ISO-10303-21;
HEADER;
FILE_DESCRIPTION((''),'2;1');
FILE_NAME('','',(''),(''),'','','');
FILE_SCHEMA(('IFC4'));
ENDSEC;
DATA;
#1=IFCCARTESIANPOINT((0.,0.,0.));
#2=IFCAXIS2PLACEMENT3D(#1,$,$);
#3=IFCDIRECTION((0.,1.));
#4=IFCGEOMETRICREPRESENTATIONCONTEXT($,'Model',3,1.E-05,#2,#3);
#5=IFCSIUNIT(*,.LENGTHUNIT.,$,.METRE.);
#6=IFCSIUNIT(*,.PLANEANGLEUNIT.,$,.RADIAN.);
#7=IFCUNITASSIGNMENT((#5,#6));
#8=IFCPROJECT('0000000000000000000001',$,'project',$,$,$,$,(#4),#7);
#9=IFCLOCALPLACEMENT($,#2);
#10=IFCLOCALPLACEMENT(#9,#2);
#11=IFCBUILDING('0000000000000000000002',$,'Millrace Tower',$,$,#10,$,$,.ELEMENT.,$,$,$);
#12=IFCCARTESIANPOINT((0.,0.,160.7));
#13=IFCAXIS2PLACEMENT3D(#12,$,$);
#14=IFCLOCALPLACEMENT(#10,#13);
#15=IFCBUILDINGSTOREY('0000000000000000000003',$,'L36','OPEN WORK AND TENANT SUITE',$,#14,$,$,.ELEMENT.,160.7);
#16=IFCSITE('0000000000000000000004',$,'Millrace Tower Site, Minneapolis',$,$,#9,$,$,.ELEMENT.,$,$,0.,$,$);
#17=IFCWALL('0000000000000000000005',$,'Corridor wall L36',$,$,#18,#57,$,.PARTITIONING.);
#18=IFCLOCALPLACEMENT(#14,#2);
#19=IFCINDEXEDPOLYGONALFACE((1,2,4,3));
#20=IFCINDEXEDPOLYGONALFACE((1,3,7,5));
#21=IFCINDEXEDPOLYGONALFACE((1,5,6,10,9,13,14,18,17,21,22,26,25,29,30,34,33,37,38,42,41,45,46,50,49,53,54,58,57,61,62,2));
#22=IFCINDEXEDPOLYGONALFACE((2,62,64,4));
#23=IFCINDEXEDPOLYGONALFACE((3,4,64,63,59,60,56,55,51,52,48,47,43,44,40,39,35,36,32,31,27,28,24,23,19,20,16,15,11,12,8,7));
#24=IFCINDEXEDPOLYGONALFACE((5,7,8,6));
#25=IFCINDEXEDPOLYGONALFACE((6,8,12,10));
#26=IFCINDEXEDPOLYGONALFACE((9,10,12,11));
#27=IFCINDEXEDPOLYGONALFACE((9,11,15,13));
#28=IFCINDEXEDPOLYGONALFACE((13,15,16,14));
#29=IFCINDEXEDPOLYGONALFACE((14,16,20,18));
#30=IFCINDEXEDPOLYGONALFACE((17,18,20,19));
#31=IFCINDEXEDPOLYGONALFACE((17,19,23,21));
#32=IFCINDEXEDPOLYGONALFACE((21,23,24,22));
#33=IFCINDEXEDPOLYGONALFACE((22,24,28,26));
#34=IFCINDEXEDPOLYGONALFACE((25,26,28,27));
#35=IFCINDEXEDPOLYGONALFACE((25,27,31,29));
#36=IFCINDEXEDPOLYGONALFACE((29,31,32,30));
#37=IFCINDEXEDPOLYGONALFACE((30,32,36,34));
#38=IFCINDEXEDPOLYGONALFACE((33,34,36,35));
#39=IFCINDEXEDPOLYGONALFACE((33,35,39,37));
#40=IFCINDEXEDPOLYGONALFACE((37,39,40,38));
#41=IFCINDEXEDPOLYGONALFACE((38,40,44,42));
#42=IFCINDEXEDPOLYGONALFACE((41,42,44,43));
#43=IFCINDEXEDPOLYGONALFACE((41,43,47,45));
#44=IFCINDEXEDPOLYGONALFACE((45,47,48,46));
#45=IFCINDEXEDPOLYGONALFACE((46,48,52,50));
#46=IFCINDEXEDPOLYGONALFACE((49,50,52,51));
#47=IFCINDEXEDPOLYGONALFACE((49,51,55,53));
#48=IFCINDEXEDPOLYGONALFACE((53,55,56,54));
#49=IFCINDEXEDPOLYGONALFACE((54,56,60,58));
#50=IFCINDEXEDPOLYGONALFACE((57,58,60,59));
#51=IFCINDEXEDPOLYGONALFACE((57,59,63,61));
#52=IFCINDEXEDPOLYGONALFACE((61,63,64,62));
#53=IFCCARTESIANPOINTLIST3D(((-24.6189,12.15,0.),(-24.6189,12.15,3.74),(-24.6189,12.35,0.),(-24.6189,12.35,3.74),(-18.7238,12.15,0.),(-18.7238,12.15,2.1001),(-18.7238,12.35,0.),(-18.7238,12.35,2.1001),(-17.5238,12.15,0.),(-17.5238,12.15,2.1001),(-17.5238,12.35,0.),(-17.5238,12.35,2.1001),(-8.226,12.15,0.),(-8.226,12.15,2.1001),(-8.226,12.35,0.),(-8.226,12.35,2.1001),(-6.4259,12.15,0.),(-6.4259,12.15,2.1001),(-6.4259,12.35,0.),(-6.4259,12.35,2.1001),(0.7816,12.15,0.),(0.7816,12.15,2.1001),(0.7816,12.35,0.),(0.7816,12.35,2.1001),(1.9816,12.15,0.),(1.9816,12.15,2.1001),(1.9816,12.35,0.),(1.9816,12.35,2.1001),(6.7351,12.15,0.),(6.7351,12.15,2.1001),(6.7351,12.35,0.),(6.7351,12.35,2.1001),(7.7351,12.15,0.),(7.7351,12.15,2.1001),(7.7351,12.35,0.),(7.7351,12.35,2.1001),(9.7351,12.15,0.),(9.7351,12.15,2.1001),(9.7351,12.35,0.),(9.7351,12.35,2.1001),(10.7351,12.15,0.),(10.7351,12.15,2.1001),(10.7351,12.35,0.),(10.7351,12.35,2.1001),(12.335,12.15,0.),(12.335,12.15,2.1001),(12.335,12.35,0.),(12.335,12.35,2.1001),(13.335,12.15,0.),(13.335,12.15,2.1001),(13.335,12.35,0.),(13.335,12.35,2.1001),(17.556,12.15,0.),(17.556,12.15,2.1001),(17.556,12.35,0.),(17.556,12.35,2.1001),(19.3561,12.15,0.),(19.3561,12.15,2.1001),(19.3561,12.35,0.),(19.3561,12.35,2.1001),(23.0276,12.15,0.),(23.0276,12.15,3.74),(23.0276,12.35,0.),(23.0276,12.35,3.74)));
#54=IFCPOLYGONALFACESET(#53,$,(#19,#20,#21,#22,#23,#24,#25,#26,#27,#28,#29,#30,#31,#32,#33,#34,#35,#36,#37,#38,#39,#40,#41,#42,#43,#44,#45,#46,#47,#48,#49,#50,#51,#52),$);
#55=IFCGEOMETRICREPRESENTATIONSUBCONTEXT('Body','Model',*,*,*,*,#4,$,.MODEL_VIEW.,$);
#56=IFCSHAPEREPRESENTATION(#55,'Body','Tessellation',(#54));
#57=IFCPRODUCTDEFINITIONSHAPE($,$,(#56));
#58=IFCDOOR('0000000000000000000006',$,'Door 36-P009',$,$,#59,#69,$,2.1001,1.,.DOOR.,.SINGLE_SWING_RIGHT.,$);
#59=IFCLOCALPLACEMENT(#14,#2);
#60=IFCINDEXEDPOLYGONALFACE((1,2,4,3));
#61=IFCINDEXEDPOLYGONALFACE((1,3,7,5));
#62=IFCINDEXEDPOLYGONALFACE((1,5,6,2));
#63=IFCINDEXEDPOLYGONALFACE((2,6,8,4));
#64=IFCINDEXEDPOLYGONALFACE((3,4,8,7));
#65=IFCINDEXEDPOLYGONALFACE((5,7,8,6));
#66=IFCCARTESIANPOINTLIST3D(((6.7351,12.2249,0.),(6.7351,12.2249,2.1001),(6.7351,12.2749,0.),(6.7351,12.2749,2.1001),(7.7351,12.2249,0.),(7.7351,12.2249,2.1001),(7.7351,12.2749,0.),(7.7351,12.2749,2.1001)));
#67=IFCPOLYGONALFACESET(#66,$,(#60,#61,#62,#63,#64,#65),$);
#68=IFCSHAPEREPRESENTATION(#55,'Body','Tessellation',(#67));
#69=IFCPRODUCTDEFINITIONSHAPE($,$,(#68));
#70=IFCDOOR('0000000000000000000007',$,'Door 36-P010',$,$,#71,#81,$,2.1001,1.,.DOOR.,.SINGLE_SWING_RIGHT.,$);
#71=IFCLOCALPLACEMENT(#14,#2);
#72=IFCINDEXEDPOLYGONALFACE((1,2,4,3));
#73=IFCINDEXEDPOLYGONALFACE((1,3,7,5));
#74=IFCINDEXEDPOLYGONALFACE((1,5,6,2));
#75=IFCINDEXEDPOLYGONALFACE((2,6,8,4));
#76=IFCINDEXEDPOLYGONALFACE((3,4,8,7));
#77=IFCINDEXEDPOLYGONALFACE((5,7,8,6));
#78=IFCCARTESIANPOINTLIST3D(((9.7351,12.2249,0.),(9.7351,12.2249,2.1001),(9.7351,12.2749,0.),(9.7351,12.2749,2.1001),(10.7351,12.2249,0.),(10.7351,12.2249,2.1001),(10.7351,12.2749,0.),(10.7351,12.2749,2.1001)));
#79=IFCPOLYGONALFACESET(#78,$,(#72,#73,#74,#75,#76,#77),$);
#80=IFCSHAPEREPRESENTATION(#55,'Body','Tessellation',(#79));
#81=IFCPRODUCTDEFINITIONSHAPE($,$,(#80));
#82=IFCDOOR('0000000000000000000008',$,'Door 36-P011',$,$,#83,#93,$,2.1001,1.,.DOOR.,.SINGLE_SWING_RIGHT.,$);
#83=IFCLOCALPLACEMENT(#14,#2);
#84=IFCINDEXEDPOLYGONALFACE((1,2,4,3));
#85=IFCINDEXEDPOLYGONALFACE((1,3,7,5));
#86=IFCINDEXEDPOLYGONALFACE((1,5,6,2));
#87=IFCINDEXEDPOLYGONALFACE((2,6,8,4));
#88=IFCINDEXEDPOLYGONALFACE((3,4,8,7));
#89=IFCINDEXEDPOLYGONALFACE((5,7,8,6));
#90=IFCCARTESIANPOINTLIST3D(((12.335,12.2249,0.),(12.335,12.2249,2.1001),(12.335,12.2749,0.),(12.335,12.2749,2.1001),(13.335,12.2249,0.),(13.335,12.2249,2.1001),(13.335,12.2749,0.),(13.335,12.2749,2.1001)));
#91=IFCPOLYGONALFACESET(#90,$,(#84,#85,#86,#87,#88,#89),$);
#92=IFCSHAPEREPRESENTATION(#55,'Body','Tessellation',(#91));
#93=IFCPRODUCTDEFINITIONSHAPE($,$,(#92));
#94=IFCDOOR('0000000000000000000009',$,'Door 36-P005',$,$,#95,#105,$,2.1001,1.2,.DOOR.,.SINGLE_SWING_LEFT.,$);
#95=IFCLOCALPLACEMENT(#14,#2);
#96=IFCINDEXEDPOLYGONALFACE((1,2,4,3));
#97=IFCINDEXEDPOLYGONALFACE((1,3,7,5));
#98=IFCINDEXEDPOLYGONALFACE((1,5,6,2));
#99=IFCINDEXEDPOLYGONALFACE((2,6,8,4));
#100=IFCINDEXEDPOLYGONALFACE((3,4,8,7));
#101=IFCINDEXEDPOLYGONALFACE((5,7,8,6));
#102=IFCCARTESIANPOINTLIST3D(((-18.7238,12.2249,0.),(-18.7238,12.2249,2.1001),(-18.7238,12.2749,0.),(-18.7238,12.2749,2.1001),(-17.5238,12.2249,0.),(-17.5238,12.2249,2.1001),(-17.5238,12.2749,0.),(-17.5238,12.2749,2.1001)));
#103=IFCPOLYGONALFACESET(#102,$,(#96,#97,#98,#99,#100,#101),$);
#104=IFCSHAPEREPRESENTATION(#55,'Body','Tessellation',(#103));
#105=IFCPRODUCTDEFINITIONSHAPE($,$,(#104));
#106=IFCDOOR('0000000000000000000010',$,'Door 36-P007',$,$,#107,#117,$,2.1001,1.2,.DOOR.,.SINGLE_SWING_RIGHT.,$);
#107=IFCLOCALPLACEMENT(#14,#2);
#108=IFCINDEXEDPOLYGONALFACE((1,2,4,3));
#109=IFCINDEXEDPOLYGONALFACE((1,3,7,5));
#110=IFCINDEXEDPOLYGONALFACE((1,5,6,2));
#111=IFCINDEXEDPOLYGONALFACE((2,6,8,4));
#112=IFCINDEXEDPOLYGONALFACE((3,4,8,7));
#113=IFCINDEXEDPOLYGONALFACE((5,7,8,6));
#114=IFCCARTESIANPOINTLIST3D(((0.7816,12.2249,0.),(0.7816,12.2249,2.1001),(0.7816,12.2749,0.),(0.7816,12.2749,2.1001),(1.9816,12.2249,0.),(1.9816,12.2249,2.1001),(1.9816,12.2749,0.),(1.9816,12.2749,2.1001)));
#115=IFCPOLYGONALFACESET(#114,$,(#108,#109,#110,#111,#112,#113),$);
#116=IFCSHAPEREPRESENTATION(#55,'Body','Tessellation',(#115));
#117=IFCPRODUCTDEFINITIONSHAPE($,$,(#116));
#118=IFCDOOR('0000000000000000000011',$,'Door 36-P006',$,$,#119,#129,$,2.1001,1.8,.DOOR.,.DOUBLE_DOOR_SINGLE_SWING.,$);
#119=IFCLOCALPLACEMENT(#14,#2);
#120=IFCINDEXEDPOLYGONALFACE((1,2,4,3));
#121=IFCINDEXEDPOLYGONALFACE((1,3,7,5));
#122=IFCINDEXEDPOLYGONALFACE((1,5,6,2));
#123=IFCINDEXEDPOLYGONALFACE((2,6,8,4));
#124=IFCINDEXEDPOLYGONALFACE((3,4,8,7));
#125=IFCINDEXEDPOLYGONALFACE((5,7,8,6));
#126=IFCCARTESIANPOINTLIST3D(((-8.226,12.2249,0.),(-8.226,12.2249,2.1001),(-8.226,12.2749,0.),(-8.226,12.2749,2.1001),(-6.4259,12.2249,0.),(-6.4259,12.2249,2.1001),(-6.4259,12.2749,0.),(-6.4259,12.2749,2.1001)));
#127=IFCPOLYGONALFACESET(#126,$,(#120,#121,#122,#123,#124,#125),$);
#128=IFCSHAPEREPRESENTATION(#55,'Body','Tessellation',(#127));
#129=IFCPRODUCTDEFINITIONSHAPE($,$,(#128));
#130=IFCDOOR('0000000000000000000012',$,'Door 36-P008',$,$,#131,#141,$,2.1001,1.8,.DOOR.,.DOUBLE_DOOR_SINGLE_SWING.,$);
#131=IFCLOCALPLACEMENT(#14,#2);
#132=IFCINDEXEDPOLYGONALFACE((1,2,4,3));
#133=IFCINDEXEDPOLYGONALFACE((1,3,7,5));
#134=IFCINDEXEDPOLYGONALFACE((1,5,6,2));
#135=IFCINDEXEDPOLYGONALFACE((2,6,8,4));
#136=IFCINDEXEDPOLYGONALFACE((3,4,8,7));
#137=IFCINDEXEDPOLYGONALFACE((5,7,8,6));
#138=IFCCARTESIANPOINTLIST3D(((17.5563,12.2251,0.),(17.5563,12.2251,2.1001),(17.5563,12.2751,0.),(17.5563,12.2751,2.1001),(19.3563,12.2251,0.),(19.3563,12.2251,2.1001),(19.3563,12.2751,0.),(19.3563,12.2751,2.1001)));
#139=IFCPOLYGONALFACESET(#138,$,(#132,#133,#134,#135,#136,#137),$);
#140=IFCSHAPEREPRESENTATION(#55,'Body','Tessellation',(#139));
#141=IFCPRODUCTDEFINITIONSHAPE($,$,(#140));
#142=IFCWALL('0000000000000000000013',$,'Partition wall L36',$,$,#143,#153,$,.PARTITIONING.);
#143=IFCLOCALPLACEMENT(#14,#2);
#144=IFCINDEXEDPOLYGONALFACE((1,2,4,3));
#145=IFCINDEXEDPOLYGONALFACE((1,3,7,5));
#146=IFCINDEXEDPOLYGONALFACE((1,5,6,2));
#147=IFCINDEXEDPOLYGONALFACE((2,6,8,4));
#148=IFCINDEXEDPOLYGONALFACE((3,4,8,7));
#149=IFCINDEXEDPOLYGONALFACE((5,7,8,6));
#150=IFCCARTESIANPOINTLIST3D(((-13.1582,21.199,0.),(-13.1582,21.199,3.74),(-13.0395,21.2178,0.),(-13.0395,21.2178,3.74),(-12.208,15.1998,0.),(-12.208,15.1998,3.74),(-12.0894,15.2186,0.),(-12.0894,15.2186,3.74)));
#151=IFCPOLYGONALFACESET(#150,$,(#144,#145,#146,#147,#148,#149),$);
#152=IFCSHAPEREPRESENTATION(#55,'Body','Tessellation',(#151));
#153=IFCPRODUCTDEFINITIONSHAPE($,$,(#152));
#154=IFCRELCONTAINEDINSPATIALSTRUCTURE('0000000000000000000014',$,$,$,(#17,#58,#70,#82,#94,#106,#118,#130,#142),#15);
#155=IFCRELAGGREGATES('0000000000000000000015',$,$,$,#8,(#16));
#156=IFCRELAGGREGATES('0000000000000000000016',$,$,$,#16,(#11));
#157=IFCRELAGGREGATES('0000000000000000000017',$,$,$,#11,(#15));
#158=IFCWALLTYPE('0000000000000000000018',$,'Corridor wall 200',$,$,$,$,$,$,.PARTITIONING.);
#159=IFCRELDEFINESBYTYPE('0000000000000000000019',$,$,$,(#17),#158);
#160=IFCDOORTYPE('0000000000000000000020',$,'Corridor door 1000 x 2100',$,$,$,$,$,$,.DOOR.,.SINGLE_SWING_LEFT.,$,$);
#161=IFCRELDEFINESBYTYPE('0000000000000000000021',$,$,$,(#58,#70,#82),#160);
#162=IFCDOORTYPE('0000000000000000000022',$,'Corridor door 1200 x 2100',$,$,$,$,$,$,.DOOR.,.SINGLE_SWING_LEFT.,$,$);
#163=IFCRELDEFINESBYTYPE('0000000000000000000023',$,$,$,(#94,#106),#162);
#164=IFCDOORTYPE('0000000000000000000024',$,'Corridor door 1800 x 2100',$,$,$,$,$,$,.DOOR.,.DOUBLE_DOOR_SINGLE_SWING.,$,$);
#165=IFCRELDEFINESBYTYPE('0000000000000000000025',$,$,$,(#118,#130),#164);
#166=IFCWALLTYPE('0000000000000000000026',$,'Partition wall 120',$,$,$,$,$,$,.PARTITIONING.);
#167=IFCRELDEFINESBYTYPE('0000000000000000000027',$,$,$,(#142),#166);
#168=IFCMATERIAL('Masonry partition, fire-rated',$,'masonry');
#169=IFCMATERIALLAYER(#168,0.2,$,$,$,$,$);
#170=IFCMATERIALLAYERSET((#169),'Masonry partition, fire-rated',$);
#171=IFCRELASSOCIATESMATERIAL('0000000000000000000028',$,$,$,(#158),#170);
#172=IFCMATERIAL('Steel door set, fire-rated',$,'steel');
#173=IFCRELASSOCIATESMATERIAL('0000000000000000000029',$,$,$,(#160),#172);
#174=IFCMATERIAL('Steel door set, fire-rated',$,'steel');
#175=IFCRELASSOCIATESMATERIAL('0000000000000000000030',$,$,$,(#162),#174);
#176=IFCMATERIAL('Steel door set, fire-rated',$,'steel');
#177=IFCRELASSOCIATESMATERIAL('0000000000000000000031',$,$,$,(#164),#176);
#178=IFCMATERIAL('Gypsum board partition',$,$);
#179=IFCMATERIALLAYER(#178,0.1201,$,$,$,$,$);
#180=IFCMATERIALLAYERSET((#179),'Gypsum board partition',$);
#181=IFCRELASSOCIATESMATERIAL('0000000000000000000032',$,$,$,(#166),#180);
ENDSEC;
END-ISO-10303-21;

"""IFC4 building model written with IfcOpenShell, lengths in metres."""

from ifc_helpers import new_model, si_unit, direction, frame, frame_2d, origin, place, context, subcontext, project, spatial, rectangle, extrude, material, layer, layer_set, type_object, element, fill, save


model = new_model("IFC4")

# Units and contexts
model_context = context("Model", 3, precision=1e-05, world=origin(), true_north=direction((0.0, 1.0)))
body_context = subcontext(model_context, "Body", "Model", "MODEL_VIEW")
ifc_project = project(units=[si_unit("LENGTHUNIT", "METRE"), si_unit("PLANEANGLEUNIT", "RADIAN")], contexts=[model_context])

# Site, building, storey
site_placement = place(None, origin())
site = spatial("IfcSite", under=ifc_project, at=site_placement, Name="Millrace Tower Site, Minneapolis", CompositionType="ELEMENT", RefElevation=0.0)
building_placement = place(site_placement, origin())
building = spatial("IfcBuilding", under=site, at=building_placement, Name="Millrace Tower", CompositionType="ELEMENT")
storey_placement = place(building_placement, frame((0.0, 0.0, 160.7)))
storey = spatial("IfcBuildingStorey", under=building, at=storey_placement, Name="L36", Description="OPEN WORK AND TENANT SUITE", CompositionType="ELEMENT", Elevation=160.7)

# Wall, openings, doors
ifc_material_1 = material(Name="Masonry partition, fire-rated", Category="masonry")
ifc_layer_1 = layer(ifc_material_1, 0.2)
ifc_layer_set_1 = layer_set([ifc_layer_1], Name="Masonry partition, fire-rated")
wall_type_1 = type_object("IfcWallType", Name="Corridor wall 200", PredefinedType="PARTITIONING", material=ifc_layer_set_1)
wall_1_placement = place(storey_placement, frame((-24.6189, 12.25, 0.0), z_axis=(0.0, 0.0, 1.0), x_axis=(1.0, 0.0, 0.0)))
wall_1 = element("IfcWall", 1, at=wall_1_placement, inside=storey, type_object=wall_type_1, Name="Corridor wall L36", PredefinedType="PARTITIONING", context=body_context, shape_type="SweptSolid", body=[
    extrude(rectangle(XDim=47.6465, YDim=0.2, at=frame_2d((23.8232, 0.0))), origin(), (0.0, 0.0, 1.0), 3.74),
])
opening_1_placement = place(wall_1_placement, frame((5.895, 0.0, 0.0)))
opening_1 = element("IfcOpeningElement", 2, at=opening_1_placement, cuts=wall_1, PredefinedType="OPENING", context=body_context, shape_type="SweptSolid", body=[
    extrude(rectangle(XDim=1.2, YDim=2.1001, at=frame_2d((0.6001, 1.05))), frame((0.0, 0.1099, 0.0), z_axis=(0.0, -1.0, 0.0), x_axis=(1.0, 0.0, 0.0)), (0.0, 0.0, 1.0), 0.22),
])
opening_2_placement = place(wall_1_placement, frame((16.3931, 0.0, 0.0)))
opening_2 = element("IfcOpeningElement", 3, at=opening_2_placement, cuts=wall_1, PredefinedType="OPENING", context=body_context, shape_type="SweptSolid", body=[
    extrude(rectangle(XDim=1.8, YDim=2.1001, at=frame_2d((0.8999, 1.05))), frame((0.0, 0.1099, 0.0), z_axis=(0.0, -1.0, 0.0), x_axis=(1.0, 0.0, 0.0)), (0.0, 0.0, 1.0), 0.22),
])
opening_3_placement = place(wall_1_placement, frame((25.4004, 0.0, 0.0)))
opening_3 = element("IfcOpeningElement", 4, at=opening_3_placement, cuts=wall_1, PredefinedType="OPENING", context=body_context, shape_type="SweptSolid", body=[
    extrude(rectangle(XDim=1.2, YDim=2.1001, at=frame_2d((0.6001, 1.05))), frame((0.0, 0.1099, 0.0), z_axis=(0.0, -1.0, 0.0), x_axis=(1.0, 0.0, 0.0)), (0.0, 0.0, 1.0), 0.22),
])
opening_4_placement = place(wall_1_placement, frame((42.175, 0.0, 0.0)))
opening_4 = element("IfcOpeningElement", 5, at=opening_4_placement, cuts=wall_1, PredefinedType="OPENING", context=body_context, shape_type="SweptSolid", body=[
    extrude(rectangle(XDim=1.8, YDim=2.1001, at=frame_2d((0.8999, 1.05))), frame((0.0, 0.1099, 0.0), z_axis=(0.0, -1.0, 0.0), x_axis=(1.0, 0.0, 0.0)), (0.0, 0.0, 1.0), 0.22),
])
opening_5_placement = place(wall_1_placement, frame((31.354, 0.0, 0.0)))
opening_5 = element("IfcOpeningElement", 6, at=opening_5_placement, cuts=wall_1, PredefinedType="OPENING", context=body_context, shape_type="SweptSolid", body=[
    extrude(rectangle(XDim=1.0, YDim=2.1001, at=frame_2d((0.5, 1.05))), frame((0.0, 0.1099, 0.0), z_axis=(0.0, -1.0, 0.0), x_axis=(1.0, 0.0, 0.0)), (0.0, 0.0, 1.0), 0.22),
])
opening_6_placement = place(wall_1_placement, frame((34.354, 0.0, 0.0)))
opening_6 = element("IfcOpeningElement", 7, at=opening_6_placement, cuts=wall_1, PredefinedType="OPENING", context=body_context, shape_type="SweptSolid", body=[
    extrude(rectangle(XDim=1.0, YDim=2.1001, at=frame_2d((0.5, 1.05))), frame((0.0, 0.1099, 0.0), z_axis=(0.0, -1.0, 0.0), x_axis=(1.0, 0.0, 0.0)), (0.0, 0.0, 1.0), 0.22),
])
opening_7_placement = place(wall_1_placement, frame((36.9539, 0.0, 0.0)))
opening_7 = element("IfcOpeningElement", 8, at=opening_7_placement, cuts=wall_1, PredefinedType="OPENING", context=body_context, shape_type="SweptSolid", body=[
    extrude(rectangle(XDim=1.0, YDim=2.1001, at=frame_2d((0.5, 1.05))), frame((0.0, 0.1099, 0.0), z_axis=(0.0, -1.0, 0.0), x_axis=(1.0, 0.0, 0.0)), (0.0, 0.0, 1.0), 0.22),
])
ifc_material_2 = material(Name="Steel door set, fire-rated", Category="steel")
door_type_1 = type_object("IfcDoorType", Name="Corridor door 1000 x 2100", OperationType="SINGLE_SWING_LEFT", PredefinedType="DOOR", material=ifc_material_2)
door_1_placement = place(opening_5_placement, origin())
door_1 = element("IfcDoor", 9, at=door_1_placement, inside=storey, type_object=door_type_1, Name="Door 36-P009", OperationType="SINGLE_SWING_RIGHT", OverallHeight=2.1001, OverallWidth=1.0, PredefinedType="DOOR", context=body_context, shape_type="SweptSolid", body=[
    extrude(rectangle(XDim=1.0, YDim=2.1001, at=frame_2d((0.5, 1.05))), frame((0.0, 0.0249, 0.0), z_axis=(0.0, -1.0, 0.0), x_axis=(1.0, 0.0, 0.0)), (0.0, 0.0, 1.0), 0.05),
])
fill(opening_5, door_1)
door_2_placement = place(opening_6_placement, origin())
door_2 = element("IfcDoor", 10, at=door_2_placement, inside=storey, type_object=door_type_1, Name="Door 36-P010", OperationType="SINGLE_SWING_RIGHT", OverallHeight=2.1001, OverallWidth=1.0, PredefinedType="DOOR", context=body_context, shape_type="SweptSolid", body=[
    extrude(rectangle(XDim=1.0, YDim=2.1001, at=frame_2d((0.5, 1.05))), frame((0.0, 0.0249, 0.0), z_axis=(0.0, -1.0, 0.0), x_axis=(1.0, 0.0, 0.0)), (0.0, 0.0, 1.0), 0.05),
])
fill(opening_6, door_2)
door_3_placement = place(opening_7_placement, origin())
door_3 = element("IfcDoor", 11, at=door_3_placement, inside=storey, type_object=door_type_1, Name="Door 36-P011", OperationType="SINGLE_SWING_RIGHT", OverallHeight=2.1001, OverallWidth=1.0, PredefinedType="DOOR", context=body_context, shape_type="SweptSolid", body=[
    extrude(rectangle(XDim=1.0, YDim=2.1001, at=frame_2d((0.5, 1.05))), frame((0.0, 0.0249, 0.0), z_axis=(0.0, -1.0, 0.0), x_axis=(1.0, 0.0, 0.0)), (0.0, 0.0, 1.0), 0.05),
])
fill(opening_7, door_3)
ifc_material_3 = material(Name="Steel door set, fire-rated", Category="steel")
door_type_2 = type_object("IfcDoorType", Name="Corridor door 1200 x 2100", OperationType="SINGLE_SWING_LEFT", PredefinedType="DOOR", material=ifc_material_3)
door_4_placement = place(opening_1_placement, origin())
door_4 = element("IfcDoor", 12, at=door_4_placement, inside=storey, type_object=door_type_2, Name="Door 36-P005", OperationType="SINGLE_SWING_LEFT", OverallHeight=2.1001, OverallWidth=1.2, PredefinedType="DOOR", context=body_context, shape_type="SweptSolid", body=[
    extrude(rectangle(XDim=1.2, YDim=2.1001, at=frame_2d((0.6001, 1.05))), frame((0.0, 0.0249, 0.0), z_axis=(0.0, -1.0, 0.0), x_axis=(1.0, 0.0, 0.0)), (0.0, 0.0, 1.0), 0.05),
])
fill(opening_1, door_4)
door_5_placement = place(opening_3_placement, origin())
door_5 = element("IfcDoor", 13, at=door_5_placement, inside=storey, type_object=door_type_2, Name="Door 36-P007", OperationType="SINGLE_SWING_RIGHT", OverallHeight=2.1001, OverallWidth=1.2, PredefinedType="DOOR", context=body_context, shape_type="SweptSolid", body=[
    extrude(rectangle(XDim=1.2, YDim=2.1001, at=frame_2d((0.6001, 1.05))), frame((0.0, 0.0249, 0.0), z_axis=(0.0, -1.0, 0.0), x_axis=(1.0, 0.0, 0.0)), (0.0, 0.0, 1.0), 0.05),
])
fill(opening_3, door_5)
ifc_material_4 = material(Name="Steel door set, fire-rated", Category="steel")
door_type_3 = type_object("IfcDoorType", Name="Corridor door 1800 x 2100", OperationType="DOUBLE_DOOR_SINGLE_SWING", PredefinedType="DOOR", material=ifc_material_4)
door_6_placement = place(opening_2_placement, origin())
door_6 = element("IfcDoor", 14, at=door_6_placement, inside=storey, type_object=door_type_3, Name="Door 36-P006", OperationType="DOUBLE_DOOR_SINGLE_SWING", OverallHeight=2.1001, OverallWidth=1.8, PredefinedType="DOOR", context=body_context, shape_type="SweptSolid", body=[
    extrude(rectangle(XDim=1.8, YDim=2.1001, at=frame_2d((0.8999, 1.05))), frame((0.0, 0.0249, 0.0), z_axis=(0.0, -1.0, 0.0), x_axis=(1.0, 0.0, 0.0)), (0.0, 0.0, 1.0), 0.05),
])
fill(opening_2, door_6)
door_7_placement = place(opening_4_placement, frame((1.8, 0.0, 0.0), z_axis=(0.0, 0.0, 1.0), x_axis=(-1.0, 0.0, 0.0)))
door_7 = element("IfcDoor", 15, at=door_7_placement, inside=storey, type_object=door_type_3, Name="Door 36-P008", OperationType="DOUBLE_DOOR_SINGLE_SWING", OverallHeight=2.1001, OverallWidth=1.8, PredefinedType="DOOR", context=body_context, shape_type="SweptSolid", body=[
    extrude(rectangle(XDim=1.8, YDim=2.1001, at=frame_2d((0.8999, 1.05))), frame((0.0, 0.0249, 0.0), z_axis=(0.0, -1.0, 0.0), x_axis=(1.0, 0.0, 0.0)), (0.0, 0.0, 1.0), 0.05),
])
fill(opening_4, door_7)

# Wall
ifc_material_5 = material(Name="Gypsum board partition")
ifc_layer_2 = layer(ifc_material_5, 0.1201)
ifc_layer_set_2 = layer_set([ifc_layer_2], Name="Gypsum board partition")
wall_type_2 = type_object("IfcWallType", Name="Partition wall 120", PredefinedType="PARTITIONING", material=ifc_layer_set_2)
wall_2_placement = place(storey_placement, frame((-13.0989, 21.2085, 0.0), z_axis=(0.0, 0.0, 1.0), x_axis=(0.156435, -0.987688, 0.0)))
element("IfcWall", 16, at=wall_2_placement, inside=storey, type_object=wall_type_2, Name="Partition wall L36", PredefinedType="PARTITIONING", context=body_context, shape_type="SweptSolid", body=[
    extrude(rectangle(XDim=6.074, YDim=0.1201, at=frame_2d((3.0371, 0.0))), origin(), (0.0, 0.0, 1.0), 3.74),
])

save(model, "model.ifc")
